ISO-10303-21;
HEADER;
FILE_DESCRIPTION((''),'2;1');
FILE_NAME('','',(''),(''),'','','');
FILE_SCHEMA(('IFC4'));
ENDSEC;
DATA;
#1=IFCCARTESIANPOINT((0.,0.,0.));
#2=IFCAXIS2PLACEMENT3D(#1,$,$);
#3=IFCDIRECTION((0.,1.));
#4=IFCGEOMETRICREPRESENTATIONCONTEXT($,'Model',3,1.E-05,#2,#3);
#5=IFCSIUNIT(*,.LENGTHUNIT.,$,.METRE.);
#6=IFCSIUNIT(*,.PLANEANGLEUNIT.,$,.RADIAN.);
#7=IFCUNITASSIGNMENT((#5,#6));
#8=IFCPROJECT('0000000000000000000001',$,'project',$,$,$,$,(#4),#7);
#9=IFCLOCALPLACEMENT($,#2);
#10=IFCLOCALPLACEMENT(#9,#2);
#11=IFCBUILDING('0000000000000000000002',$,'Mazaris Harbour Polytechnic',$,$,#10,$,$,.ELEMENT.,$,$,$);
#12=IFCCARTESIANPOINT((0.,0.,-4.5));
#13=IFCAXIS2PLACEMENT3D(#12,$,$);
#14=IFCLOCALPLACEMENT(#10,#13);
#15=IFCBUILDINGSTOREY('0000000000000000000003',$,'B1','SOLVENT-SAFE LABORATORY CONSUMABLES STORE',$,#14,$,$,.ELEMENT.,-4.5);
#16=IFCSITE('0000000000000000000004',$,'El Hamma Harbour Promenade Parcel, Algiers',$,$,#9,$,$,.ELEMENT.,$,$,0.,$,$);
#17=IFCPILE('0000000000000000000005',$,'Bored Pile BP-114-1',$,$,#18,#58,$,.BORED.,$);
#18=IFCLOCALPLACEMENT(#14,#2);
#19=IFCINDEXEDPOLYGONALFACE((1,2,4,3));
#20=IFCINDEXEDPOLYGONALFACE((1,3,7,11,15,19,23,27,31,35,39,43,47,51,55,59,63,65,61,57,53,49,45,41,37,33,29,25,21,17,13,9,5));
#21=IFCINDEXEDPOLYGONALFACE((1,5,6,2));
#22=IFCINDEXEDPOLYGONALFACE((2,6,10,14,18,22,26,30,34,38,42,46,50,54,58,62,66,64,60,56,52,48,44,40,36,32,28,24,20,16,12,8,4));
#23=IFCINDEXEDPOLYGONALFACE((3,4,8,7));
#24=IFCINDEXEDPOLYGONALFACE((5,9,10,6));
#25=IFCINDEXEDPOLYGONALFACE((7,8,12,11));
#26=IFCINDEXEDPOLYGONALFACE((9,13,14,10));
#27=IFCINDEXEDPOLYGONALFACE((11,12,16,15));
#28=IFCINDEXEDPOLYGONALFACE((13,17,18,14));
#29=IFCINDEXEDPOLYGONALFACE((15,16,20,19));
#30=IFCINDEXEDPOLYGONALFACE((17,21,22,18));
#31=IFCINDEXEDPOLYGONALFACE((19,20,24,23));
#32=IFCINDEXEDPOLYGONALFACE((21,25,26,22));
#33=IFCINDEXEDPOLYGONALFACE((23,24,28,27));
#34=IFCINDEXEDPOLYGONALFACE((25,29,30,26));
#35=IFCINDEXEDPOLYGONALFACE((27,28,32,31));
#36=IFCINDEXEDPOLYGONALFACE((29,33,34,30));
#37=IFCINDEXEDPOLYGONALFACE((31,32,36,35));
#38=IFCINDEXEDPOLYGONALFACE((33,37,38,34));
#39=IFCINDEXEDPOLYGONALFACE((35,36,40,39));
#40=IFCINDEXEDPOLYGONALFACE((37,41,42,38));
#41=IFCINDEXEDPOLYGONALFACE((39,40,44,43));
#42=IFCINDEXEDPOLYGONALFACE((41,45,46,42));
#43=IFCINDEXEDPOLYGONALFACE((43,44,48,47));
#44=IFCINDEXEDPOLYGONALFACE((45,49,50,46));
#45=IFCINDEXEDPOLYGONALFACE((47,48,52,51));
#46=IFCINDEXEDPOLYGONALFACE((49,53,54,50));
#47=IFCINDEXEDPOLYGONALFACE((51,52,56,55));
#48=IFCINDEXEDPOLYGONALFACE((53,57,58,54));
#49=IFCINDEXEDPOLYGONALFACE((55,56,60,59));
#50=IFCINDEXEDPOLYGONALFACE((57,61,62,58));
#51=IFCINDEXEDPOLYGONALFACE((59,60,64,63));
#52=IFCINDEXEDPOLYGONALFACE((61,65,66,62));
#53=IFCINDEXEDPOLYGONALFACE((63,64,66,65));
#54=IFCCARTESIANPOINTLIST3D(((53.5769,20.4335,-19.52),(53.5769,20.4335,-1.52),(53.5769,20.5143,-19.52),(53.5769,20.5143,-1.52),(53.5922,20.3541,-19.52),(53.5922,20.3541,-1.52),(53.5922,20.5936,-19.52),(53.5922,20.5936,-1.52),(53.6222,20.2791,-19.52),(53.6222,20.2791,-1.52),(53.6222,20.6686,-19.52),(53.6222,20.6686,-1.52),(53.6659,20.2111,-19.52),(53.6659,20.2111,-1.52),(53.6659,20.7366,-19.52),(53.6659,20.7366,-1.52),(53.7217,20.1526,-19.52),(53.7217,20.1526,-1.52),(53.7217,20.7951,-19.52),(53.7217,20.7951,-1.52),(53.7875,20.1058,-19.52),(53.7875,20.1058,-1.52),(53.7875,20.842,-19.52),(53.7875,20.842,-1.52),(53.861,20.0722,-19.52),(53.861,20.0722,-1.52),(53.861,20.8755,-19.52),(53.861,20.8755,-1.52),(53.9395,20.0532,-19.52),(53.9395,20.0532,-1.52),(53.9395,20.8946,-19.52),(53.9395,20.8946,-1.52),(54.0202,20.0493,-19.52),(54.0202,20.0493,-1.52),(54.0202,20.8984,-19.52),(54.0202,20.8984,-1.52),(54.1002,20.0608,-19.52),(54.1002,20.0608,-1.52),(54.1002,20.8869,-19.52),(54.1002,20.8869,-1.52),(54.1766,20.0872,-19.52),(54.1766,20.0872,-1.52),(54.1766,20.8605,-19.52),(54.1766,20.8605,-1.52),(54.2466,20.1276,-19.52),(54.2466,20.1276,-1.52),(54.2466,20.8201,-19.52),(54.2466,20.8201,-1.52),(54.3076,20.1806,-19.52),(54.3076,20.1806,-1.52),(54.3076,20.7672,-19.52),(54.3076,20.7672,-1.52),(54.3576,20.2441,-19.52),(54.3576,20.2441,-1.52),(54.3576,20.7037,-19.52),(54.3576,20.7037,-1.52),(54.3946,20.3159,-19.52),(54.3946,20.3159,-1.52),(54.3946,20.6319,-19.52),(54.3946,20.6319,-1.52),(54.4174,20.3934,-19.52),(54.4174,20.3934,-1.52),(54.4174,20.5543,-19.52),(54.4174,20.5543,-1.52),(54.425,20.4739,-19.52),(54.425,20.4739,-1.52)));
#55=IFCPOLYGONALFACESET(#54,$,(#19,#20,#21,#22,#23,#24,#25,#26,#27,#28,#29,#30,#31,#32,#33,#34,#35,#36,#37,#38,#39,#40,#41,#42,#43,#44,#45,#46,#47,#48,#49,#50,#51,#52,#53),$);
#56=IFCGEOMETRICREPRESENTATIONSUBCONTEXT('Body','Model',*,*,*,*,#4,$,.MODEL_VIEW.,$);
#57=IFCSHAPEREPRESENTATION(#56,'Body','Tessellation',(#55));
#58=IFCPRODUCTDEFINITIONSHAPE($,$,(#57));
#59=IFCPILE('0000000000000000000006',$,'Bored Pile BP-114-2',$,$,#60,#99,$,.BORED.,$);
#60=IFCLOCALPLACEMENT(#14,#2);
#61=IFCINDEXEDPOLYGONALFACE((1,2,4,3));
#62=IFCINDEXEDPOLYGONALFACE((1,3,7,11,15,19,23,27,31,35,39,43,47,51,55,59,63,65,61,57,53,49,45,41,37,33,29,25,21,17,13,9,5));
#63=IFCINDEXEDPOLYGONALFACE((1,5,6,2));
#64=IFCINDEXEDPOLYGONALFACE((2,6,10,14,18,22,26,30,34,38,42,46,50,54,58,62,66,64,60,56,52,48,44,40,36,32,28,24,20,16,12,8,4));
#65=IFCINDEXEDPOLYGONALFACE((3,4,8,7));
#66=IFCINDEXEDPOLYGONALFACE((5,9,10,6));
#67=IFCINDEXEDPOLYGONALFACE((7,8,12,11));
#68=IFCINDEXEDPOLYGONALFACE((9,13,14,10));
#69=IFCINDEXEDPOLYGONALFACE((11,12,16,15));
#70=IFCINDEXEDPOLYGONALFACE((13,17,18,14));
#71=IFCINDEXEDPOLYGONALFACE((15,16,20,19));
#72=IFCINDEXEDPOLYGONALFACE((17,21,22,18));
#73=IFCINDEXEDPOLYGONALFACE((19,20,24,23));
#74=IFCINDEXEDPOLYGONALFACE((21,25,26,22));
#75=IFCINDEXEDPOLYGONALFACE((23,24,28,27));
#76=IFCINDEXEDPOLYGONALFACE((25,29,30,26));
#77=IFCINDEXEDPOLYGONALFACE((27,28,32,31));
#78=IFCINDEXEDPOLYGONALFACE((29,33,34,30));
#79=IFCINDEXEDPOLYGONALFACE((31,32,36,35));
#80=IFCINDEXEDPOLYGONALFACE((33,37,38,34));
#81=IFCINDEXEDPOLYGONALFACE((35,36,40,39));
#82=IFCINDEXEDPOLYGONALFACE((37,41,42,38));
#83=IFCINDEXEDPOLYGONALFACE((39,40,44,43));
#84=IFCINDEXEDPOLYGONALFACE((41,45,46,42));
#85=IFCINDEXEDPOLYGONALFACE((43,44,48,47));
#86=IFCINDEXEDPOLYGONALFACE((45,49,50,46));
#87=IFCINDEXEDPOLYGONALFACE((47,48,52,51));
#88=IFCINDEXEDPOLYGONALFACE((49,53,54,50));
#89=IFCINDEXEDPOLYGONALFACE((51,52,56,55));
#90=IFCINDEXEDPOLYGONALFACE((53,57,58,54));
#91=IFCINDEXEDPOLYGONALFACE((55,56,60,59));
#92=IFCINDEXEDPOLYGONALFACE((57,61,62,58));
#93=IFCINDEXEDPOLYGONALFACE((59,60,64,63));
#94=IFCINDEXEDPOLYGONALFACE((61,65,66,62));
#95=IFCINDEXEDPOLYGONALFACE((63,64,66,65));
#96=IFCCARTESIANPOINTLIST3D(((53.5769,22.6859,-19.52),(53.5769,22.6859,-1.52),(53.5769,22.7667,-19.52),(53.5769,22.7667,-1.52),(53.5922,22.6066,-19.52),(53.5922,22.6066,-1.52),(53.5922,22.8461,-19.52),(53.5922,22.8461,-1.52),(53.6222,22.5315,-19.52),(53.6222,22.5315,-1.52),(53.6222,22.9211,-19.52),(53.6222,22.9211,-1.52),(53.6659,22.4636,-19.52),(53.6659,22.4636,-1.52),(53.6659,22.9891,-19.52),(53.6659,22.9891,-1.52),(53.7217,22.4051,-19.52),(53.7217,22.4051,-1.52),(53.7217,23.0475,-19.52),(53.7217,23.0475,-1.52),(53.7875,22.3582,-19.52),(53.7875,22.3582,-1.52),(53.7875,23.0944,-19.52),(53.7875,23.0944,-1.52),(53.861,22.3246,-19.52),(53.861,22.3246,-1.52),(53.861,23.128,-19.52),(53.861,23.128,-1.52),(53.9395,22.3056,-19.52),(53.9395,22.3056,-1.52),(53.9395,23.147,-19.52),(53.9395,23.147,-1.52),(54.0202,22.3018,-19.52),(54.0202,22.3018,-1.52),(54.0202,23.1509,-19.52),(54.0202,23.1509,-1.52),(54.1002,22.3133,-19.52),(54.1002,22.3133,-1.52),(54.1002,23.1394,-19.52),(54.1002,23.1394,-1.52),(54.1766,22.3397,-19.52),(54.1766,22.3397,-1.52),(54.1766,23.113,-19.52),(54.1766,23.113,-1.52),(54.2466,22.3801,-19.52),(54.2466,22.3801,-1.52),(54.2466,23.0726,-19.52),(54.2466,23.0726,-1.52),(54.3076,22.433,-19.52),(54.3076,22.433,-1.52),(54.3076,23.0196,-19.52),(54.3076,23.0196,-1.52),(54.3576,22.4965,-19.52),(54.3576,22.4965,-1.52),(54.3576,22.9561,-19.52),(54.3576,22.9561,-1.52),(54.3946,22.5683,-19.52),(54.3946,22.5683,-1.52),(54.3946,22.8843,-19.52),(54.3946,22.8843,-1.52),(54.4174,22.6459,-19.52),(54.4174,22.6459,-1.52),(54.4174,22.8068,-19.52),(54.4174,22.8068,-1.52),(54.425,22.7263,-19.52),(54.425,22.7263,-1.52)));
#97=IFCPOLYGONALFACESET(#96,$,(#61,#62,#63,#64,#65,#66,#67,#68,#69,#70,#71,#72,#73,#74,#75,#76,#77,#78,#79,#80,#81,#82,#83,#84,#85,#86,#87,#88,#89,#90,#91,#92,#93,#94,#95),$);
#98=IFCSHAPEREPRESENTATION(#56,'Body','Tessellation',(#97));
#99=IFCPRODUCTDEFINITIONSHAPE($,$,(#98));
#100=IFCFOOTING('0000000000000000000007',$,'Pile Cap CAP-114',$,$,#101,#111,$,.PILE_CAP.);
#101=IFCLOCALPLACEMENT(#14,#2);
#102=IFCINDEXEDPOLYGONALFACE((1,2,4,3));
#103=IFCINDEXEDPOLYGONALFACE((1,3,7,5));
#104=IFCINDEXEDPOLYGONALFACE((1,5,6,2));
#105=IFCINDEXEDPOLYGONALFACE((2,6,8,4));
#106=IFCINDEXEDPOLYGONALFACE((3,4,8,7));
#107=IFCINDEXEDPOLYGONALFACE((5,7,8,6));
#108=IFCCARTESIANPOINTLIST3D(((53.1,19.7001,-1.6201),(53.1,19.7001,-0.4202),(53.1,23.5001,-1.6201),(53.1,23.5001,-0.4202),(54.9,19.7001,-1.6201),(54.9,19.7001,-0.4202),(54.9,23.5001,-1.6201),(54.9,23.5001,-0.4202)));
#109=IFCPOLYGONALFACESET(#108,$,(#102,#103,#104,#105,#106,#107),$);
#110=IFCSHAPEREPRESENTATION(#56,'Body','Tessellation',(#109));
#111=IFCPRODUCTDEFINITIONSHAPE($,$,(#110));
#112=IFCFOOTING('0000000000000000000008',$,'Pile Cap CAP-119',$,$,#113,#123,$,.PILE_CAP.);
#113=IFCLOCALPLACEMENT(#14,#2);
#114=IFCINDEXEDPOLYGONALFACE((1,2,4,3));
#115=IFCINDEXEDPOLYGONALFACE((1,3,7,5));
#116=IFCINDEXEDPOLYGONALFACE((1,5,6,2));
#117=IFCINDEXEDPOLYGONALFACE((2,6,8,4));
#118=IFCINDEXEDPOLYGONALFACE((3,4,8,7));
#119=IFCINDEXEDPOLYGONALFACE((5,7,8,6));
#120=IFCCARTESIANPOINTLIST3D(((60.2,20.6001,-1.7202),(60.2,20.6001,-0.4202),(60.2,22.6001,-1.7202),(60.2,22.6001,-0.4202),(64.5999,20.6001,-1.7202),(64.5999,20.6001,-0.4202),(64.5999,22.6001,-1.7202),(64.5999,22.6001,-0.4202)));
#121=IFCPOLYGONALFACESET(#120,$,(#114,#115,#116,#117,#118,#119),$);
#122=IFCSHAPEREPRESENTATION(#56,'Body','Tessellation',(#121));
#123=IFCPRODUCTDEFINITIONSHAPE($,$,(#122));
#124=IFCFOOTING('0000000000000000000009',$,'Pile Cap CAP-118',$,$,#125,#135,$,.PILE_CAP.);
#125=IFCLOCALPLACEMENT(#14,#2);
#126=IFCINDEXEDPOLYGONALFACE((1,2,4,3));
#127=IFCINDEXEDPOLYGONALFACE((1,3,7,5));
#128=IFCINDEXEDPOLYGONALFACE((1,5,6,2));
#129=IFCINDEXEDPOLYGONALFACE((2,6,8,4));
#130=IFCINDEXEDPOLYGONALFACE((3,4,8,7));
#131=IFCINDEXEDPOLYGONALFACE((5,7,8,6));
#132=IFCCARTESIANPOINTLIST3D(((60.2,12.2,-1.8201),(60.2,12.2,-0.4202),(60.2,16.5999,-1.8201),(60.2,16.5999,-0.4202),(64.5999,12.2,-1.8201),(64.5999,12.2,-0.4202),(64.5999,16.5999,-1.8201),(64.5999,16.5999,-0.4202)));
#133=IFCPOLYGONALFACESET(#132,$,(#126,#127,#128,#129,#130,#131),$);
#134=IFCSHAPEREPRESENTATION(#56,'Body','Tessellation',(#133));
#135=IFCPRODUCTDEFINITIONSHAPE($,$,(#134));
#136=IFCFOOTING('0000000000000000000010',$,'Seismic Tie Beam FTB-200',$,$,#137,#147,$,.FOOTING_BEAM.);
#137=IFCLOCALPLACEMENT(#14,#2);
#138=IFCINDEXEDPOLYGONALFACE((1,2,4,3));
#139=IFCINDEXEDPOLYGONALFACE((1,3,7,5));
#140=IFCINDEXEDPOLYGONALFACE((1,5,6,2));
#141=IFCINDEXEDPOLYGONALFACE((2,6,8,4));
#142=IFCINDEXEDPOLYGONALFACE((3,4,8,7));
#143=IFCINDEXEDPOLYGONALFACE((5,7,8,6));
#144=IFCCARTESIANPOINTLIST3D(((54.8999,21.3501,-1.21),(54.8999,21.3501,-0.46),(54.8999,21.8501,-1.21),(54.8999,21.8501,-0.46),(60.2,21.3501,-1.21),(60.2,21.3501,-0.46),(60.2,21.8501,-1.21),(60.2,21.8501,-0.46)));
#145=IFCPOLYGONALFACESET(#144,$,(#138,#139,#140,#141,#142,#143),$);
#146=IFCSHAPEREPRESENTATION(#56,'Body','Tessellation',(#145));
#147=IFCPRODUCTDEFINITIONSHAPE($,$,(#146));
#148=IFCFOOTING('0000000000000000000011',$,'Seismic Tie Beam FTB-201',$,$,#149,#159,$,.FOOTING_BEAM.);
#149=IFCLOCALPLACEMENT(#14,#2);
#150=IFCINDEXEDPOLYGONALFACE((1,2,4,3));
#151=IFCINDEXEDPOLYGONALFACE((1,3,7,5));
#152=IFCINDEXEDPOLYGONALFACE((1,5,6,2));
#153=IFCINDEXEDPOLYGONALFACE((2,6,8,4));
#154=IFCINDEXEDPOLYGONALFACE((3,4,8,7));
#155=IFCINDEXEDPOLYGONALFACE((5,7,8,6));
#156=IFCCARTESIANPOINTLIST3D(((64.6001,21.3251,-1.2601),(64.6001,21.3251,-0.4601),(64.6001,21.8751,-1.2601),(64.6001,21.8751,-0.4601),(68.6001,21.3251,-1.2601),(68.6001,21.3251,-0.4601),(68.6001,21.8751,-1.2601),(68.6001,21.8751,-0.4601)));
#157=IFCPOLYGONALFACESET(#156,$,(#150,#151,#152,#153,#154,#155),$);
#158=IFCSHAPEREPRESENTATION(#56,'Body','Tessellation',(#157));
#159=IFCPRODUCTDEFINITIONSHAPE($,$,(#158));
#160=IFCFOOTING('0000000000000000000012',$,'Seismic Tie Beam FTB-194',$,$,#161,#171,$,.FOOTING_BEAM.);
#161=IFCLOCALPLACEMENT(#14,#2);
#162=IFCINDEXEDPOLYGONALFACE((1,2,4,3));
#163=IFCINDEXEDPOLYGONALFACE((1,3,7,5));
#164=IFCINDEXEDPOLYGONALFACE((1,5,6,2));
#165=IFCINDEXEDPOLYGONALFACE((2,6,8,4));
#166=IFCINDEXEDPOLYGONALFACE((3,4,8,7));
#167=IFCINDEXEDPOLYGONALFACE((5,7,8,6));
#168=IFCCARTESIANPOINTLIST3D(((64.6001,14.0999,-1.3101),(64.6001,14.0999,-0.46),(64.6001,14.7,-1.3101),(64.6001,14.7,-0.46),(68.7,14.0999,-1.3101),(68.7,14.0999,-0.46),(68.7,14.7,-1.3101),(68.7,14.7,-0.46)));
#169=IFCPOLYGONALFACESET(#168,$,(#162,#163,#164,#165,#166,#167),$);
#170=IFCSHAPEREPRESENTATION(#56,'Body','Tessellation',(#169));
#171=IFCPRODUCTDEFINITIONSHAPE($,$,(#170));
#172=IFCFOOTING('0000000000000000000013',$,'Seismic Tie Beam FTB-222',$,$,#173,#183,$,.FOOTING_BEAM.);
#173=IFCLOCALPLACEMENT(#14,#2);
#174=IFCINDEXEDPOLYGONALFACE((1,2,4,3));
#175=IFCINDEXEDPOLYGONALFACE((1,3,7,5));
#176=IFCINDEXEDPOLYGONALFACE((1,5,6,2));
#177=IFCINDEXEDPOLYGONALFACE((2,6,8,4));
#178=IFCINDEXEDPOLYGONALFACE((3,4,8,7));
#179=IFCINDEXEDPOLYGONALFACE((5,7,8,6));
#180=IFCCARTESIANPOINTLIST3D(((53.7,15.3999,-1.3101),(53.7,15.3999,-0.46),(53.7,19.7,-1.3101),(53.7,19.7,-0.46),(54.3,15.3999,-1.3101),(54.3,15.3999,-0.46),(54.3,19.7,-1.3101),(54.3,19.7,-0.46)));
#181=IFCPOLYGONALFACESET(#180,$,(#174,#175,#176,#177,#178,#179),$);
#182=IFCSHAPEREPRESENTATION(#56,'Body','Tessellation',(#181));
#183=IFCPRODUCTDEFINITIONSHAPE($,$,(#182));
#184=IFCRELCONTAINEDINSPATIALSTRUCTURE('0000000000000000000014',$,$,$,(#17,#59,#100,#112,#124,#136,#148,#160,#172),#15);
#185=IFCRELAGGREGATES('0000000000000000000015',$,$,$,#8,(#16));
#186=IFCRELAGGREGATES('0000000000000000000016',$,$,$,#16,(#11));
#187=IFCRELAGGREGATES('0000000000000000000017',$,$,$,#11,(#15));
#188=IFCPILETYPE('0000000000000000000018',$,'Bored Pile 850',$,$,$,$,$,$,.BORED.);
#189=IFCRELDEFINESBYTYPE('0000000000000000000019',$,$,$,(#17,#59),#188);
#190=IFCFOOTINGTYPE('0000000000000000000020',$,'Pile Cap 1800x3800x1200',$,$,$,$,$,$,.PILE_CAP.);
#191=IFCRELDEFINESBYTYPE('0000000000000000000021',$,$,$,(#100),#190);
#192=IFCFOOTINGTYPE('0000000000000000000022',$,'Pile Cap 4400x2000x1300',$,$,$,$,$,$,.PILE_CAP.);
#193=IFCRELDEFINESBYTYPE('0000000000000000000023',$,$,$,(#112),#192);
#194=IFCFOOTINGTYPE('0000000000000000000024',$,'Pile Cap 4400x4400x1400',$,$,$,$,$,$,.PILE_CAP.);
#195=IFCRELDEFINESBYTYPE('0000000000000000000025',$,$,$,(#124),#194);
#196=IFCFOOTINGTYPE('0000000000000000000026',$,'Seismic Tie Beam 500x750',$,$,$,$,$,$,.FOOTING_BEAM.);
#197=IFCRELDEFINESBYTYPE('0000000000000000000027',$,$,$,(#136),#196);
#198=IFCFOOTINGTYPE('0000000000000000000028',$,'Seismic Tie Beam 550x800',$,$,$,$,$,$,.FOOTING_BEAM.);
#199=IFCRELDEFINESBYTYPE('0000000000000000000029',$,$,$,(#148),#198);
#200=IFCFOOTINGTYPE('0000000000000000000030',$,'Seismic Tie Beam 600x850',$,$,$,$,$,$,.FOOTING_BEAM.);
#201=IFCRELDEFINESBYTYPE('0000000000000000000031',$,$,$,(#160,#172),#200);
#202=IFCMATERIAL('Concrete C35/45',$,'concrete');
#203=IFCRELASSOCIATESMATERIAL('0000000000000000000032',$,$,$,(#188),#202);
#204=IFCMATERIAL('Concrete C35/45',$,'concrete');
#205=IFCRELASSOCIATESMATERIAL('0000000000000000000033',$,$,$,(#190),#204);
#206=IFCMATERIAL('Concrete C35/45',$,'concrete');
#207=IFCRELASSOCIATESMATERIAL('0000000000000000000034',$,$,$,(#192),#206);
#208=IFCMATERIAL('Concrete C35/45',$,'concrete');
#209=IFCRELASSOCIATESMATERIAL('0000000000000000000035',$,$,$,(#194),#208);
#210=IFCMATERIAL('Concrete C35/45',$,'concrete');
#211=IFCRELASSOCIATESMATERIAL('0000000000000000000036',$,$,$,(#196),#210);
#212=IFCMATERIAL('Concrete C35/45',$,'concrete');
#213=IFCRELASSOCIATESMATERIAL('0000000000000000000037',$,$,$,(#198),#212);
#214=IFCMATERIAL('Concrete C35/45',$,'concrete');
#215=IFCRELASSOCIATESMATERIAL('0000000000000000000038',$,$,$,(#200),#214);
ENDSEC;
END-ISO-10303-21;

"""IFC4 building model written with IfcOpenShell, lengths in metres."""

from ifc_helpers import new_model, si_unit, direction, frame, origin, origin_2d, place, context, subcontext, project, spatial, rectangle, circle, extrude, material, material_profile, profile_set, type_object, element, save


model = new_model("IFC4")

# Units and contexts
model_context = context("Model", 3, precision=1e-05, world=origin(), true_north=direction((0.0, 1.0)))
body_context = subcontext(model_context, "Body", "Model", "MODEL_VIEW")
ifc_project = project(units=[si_unit("LENGTHUNIT", "METRE"), si_unit("PLANEANGLEUNIT", "RADIAN")], contexts=[model_context])

# Site, building, storey
site_placement = place(None, origin())
site = spatial("IfcSite", under=ifc_project, at=site_placement, Name="El Hamma Harbour Promenade Parcel, Algiers", CompositionType="ELEMENT", RefElevation=0.0)
building_placement = place(site_placement, origin())
building = spatial("IfcBuilding", under=site, at=building_placement, Name="Mazaris Harbour Polytechnic", CompositionType="ELEMENT")
storey_placement = place(building_placement, frame((0.0, 0.0, -4.5)))
storey = spatial("IfcBuildingStorey", under=building, at=storey_placement, Name="B1", Description="SOLVENT-SAFE LABORATORY CONSUMABLES STORE", CompositionType="ELEMENT", Elevation=-4.5)

# Piles
ifc_material_1 = material(Name="Concrete C35/45", Category="concrete")
ifc_material_profile_1 = material_profile(ifc_material_1, circle(Radius=0.425, at=origin_2d()), Name="DIA850")
ifc_profile_set_1 = profile_set([ifc_material_profile_1], Name="Concrete C35/45")
pile_type_1 = type_object("IfcPileType", Name="Bored Pile 850", PredefinedType="BORED", material=ifc_profile_set_1)
for number, where, z_axis, x_axis, name in (
    (1, (54.0, 20.4739, -1.52), (0.0, 0.0, -1.0), (1.0, 0.0, 0.0), "Bored Pile BP-114-1"),
    (2, (54.0, 22.7263, -1.52), (0.0, 0.0, -1.0), (1.0, 0.0, 0.0), "Bored Pile BP-114-2"),
):
    element("IfcPile", number, at=place(storey_placement, frame(where, z_axis=z_axis, x_axis=x_axis)), inside=storey, type_object=pile_type_1, Name=name, PredefinedType="BORED", context=body_context, shape_type="SweptSolid", body=[
        extrude(circle(Radius=0.425, at=origin_2d()), origin(), (0.0, 0.0, 1.0), 18.0),
    ])

# Footings
ifc_material_2 = material(Name="Concrete C35/45", Category="concrete")
footing_type_1 = type_object("IfcFootingType", Name="Pile Cap 1800x3800x1200", PredefinedType="PILE_CAP", material=ifc_material_2)
footing_1_placement = place(storey_placement, frame((54.0, 21.6001, -1.6201), z_axis=(0.0, 0.0, 1.0), x_axis=(1.0, 0.0, 0.0)))
element("IfcFooting", 3, at=footing_1_placement, inside=storey, type_object=footing_type_1, Name="Pile Cap CAP-114", PredefinedType="PILE_CAP", context=body_context, shape_type="SweptSolid", body=[
    extrude(rectangle(XDim=1.8, YDim=3.8, at=origin_2d()), origin(), (0.0, 0.0, 1.0), 1.2),
])
ifc_material_3 = material(Name="Concrete C35/45", Category="concrete")
footing_type_2 = type_object("IfcFootingType", Name="Pile Cap 4400x2000x1300", PredefinedType="PILE_CAP", material=ifc_material_3)
footing_2_placement = place(storey_placement, frame((62.3999, 21.6001, -1.7202), z_axis=(0.0, 0.0, 1.0), x_axis=(1.0, 0.0, 0.0)))
element("IfcFooting", 4, at=footing_2_placement, inside=storey, type_object=footing_type_2, Name="Pile Cap CAP-119", PredefinedType="PILE_CAP", context=body_context, shape_type="SweptSolid", body=[
    extrude(rectangle(XDim=4.3999, YDim=2.0, at=origin_2d()), origin(), (0.0, 0.0, 1.0), 1.3),
])
ifc_material_4 = material(Name="Concrete C35/45", Category="concrete")
footing_type_3 = type_object("IfcFootingType", Name="Pile Cap 4400x4400x1400", PredefinedType="PILE_CAP", material=ifc_material_4)
footing_3_placement = place(storey_placement, frame((62.3999, 14.3999, -1.8201), z_axis=(0.0, 0.0, 1.0), x_axis=(1.0, 0.0, 0.0)))
element("IfcFooting", 5, at=footing_3_placement, inside=storey, type_object=footing_type_3, Name="Pile Cap CAP-118", PredefinedType="PILE_CAP", context=body_context, shape_type="SweptSolid", body=[
    extrude(rectangle(XDim=4.3999, YDim=4.3999, at=origin_2d()), origin(), (0.0, 0.0, 1.0), 1.3999),
])
ifc_material_5 = material(Name="Concrete C35/45", Category="concrete")
ifc_material_profile_2 = material_profile(ifc_material_5, rectangle(XDim=0.5, YDim=0.75, at=origin_2d()), Name="RECT500x750")
ifc_profile_set_2 = profile_set([ifc_material_profile_2], Name="Concrete C35/45")
footing_type_4 = type_object("IfcFootingType", Name="Seismic Tie Beam 500x750", PredefinedType="FOOTING_BEAM", material=ifc_profile_set_2)
footing_4_placement = place(storey_placement, frame((54.8999, 21.6001, -0.835), z_axis=(1.0, 0.0, 0.0), x_axis=(0.0, 1.0, 0.0)))
element("IfcFooting", 6, at=footing_4_placement, inside=storey, type_object=footing_type_4, Name="Seismic Tie Beam FTB-200", PredefinedType="FOOTING_BEAM", context=body_context, shape_type="SweptSolid", body=[
    extrude(rectangle(XDim=0.5, YDim=0.75, at=origin_2d()), origin(), (0.0, 0.0, 1.0), 5.3),
])
ifc_material_6 = material(Name="Concrete C35/45", Category="concrete")
ifc_material_profile_3 = material_profile(ifc_material_6, rectangle(XDim=0.55, YDim=0.8, at=origin_2d()), Name="RECT550x800")
ifc_profile_set_3 = profile_set([ifc_material_profile_3], Name="Concrete C35/45")
footing_type_5 = type_object("IfcFootingType", Name="Seismic Tie Beam 550x800", PredefinedType="FOOTING_BEAM", material=ifc_profile_set_3)
footing_5_placement = place(storey_placement, frame((64.6001, 21.6001, -0.8601), z_axis=(1.0, 0.0, 0.0), x_axis=(0.0, 1.0, 0.0)))
element("IfcFooting", 7, at=footing_5_placement, inside=storey, type_object=footing_type_5, Name="Seismic Tie Beam FTB-201", PredefinedType="FOOTING_BEAM", context=body_context, shape_type="SweptSolid", body=[
    extrude(rectangle(XDim=0.55, YDim=0.8, at=origin_2d()), origin(), (0.0, 0.0, 1.0), 4.0),
])
ifc_material_7 = material(Name="Concrete C35/45", Category="concrete")
ifc_material_profile_4 = material_profile(ifc_material_7, rectangle(XDim=0.6001, YDim=0.8501, at=origin_2d()), Name="RECT600x850")
ifc_profile_set_4 = profile_set([ifc_material_profile_4], Name="Concrete C35/45")
footing_type_6 = type_object("IfcFootingType", Name="Seismic Tie Beam 600x850", PredefinedType="FOOTING_BEAM", material=ifc_profile_set_4)
footing_6_placement = place(storey_placement, frame((64.6001, 14.3999, -0.885), z_axis=(1.0, 0.0, 0.0), x_axis=(0.0, 1.0, 0.0)))
element("IfcFooting", 8, at=footing_6_placement, inside=storey, type_object=footing_type_6, Name="Seismic Tie Beam FTB-194", PredefinedType="FOOTING_BEAM", context=body_context, shape_type="SweptSolid", body=[
    extrude(rectangle(XDim=0.6001, YDim=0.8501, at=origin_2d()), origin(), (0.0, 0.0, 1.0), 4.0999),
])
footing_7_placement = place(storey_placement, frame((54.0, 15.3999, -0.885), z_axis=(0.0, 1.0, 0.0), x_axis=(-1.0, 0.0, 0.0)))
element("IfcFooting", 9, at=footing_7_placement, inside=storey, type_object=footing_type_6, Name="Seismic Tie Beam FTB-222", PredefinedType="FOOTING_BEAM", context=body_context, shape_type="SweptSolid", body=[
    extrude(rectangle(XDim=0.6001, YDim=0.8501, at=origin_2d()), origin(), (0.0, 0.0, 1.0), 4.3),
])

save(model, "model.ifc")
